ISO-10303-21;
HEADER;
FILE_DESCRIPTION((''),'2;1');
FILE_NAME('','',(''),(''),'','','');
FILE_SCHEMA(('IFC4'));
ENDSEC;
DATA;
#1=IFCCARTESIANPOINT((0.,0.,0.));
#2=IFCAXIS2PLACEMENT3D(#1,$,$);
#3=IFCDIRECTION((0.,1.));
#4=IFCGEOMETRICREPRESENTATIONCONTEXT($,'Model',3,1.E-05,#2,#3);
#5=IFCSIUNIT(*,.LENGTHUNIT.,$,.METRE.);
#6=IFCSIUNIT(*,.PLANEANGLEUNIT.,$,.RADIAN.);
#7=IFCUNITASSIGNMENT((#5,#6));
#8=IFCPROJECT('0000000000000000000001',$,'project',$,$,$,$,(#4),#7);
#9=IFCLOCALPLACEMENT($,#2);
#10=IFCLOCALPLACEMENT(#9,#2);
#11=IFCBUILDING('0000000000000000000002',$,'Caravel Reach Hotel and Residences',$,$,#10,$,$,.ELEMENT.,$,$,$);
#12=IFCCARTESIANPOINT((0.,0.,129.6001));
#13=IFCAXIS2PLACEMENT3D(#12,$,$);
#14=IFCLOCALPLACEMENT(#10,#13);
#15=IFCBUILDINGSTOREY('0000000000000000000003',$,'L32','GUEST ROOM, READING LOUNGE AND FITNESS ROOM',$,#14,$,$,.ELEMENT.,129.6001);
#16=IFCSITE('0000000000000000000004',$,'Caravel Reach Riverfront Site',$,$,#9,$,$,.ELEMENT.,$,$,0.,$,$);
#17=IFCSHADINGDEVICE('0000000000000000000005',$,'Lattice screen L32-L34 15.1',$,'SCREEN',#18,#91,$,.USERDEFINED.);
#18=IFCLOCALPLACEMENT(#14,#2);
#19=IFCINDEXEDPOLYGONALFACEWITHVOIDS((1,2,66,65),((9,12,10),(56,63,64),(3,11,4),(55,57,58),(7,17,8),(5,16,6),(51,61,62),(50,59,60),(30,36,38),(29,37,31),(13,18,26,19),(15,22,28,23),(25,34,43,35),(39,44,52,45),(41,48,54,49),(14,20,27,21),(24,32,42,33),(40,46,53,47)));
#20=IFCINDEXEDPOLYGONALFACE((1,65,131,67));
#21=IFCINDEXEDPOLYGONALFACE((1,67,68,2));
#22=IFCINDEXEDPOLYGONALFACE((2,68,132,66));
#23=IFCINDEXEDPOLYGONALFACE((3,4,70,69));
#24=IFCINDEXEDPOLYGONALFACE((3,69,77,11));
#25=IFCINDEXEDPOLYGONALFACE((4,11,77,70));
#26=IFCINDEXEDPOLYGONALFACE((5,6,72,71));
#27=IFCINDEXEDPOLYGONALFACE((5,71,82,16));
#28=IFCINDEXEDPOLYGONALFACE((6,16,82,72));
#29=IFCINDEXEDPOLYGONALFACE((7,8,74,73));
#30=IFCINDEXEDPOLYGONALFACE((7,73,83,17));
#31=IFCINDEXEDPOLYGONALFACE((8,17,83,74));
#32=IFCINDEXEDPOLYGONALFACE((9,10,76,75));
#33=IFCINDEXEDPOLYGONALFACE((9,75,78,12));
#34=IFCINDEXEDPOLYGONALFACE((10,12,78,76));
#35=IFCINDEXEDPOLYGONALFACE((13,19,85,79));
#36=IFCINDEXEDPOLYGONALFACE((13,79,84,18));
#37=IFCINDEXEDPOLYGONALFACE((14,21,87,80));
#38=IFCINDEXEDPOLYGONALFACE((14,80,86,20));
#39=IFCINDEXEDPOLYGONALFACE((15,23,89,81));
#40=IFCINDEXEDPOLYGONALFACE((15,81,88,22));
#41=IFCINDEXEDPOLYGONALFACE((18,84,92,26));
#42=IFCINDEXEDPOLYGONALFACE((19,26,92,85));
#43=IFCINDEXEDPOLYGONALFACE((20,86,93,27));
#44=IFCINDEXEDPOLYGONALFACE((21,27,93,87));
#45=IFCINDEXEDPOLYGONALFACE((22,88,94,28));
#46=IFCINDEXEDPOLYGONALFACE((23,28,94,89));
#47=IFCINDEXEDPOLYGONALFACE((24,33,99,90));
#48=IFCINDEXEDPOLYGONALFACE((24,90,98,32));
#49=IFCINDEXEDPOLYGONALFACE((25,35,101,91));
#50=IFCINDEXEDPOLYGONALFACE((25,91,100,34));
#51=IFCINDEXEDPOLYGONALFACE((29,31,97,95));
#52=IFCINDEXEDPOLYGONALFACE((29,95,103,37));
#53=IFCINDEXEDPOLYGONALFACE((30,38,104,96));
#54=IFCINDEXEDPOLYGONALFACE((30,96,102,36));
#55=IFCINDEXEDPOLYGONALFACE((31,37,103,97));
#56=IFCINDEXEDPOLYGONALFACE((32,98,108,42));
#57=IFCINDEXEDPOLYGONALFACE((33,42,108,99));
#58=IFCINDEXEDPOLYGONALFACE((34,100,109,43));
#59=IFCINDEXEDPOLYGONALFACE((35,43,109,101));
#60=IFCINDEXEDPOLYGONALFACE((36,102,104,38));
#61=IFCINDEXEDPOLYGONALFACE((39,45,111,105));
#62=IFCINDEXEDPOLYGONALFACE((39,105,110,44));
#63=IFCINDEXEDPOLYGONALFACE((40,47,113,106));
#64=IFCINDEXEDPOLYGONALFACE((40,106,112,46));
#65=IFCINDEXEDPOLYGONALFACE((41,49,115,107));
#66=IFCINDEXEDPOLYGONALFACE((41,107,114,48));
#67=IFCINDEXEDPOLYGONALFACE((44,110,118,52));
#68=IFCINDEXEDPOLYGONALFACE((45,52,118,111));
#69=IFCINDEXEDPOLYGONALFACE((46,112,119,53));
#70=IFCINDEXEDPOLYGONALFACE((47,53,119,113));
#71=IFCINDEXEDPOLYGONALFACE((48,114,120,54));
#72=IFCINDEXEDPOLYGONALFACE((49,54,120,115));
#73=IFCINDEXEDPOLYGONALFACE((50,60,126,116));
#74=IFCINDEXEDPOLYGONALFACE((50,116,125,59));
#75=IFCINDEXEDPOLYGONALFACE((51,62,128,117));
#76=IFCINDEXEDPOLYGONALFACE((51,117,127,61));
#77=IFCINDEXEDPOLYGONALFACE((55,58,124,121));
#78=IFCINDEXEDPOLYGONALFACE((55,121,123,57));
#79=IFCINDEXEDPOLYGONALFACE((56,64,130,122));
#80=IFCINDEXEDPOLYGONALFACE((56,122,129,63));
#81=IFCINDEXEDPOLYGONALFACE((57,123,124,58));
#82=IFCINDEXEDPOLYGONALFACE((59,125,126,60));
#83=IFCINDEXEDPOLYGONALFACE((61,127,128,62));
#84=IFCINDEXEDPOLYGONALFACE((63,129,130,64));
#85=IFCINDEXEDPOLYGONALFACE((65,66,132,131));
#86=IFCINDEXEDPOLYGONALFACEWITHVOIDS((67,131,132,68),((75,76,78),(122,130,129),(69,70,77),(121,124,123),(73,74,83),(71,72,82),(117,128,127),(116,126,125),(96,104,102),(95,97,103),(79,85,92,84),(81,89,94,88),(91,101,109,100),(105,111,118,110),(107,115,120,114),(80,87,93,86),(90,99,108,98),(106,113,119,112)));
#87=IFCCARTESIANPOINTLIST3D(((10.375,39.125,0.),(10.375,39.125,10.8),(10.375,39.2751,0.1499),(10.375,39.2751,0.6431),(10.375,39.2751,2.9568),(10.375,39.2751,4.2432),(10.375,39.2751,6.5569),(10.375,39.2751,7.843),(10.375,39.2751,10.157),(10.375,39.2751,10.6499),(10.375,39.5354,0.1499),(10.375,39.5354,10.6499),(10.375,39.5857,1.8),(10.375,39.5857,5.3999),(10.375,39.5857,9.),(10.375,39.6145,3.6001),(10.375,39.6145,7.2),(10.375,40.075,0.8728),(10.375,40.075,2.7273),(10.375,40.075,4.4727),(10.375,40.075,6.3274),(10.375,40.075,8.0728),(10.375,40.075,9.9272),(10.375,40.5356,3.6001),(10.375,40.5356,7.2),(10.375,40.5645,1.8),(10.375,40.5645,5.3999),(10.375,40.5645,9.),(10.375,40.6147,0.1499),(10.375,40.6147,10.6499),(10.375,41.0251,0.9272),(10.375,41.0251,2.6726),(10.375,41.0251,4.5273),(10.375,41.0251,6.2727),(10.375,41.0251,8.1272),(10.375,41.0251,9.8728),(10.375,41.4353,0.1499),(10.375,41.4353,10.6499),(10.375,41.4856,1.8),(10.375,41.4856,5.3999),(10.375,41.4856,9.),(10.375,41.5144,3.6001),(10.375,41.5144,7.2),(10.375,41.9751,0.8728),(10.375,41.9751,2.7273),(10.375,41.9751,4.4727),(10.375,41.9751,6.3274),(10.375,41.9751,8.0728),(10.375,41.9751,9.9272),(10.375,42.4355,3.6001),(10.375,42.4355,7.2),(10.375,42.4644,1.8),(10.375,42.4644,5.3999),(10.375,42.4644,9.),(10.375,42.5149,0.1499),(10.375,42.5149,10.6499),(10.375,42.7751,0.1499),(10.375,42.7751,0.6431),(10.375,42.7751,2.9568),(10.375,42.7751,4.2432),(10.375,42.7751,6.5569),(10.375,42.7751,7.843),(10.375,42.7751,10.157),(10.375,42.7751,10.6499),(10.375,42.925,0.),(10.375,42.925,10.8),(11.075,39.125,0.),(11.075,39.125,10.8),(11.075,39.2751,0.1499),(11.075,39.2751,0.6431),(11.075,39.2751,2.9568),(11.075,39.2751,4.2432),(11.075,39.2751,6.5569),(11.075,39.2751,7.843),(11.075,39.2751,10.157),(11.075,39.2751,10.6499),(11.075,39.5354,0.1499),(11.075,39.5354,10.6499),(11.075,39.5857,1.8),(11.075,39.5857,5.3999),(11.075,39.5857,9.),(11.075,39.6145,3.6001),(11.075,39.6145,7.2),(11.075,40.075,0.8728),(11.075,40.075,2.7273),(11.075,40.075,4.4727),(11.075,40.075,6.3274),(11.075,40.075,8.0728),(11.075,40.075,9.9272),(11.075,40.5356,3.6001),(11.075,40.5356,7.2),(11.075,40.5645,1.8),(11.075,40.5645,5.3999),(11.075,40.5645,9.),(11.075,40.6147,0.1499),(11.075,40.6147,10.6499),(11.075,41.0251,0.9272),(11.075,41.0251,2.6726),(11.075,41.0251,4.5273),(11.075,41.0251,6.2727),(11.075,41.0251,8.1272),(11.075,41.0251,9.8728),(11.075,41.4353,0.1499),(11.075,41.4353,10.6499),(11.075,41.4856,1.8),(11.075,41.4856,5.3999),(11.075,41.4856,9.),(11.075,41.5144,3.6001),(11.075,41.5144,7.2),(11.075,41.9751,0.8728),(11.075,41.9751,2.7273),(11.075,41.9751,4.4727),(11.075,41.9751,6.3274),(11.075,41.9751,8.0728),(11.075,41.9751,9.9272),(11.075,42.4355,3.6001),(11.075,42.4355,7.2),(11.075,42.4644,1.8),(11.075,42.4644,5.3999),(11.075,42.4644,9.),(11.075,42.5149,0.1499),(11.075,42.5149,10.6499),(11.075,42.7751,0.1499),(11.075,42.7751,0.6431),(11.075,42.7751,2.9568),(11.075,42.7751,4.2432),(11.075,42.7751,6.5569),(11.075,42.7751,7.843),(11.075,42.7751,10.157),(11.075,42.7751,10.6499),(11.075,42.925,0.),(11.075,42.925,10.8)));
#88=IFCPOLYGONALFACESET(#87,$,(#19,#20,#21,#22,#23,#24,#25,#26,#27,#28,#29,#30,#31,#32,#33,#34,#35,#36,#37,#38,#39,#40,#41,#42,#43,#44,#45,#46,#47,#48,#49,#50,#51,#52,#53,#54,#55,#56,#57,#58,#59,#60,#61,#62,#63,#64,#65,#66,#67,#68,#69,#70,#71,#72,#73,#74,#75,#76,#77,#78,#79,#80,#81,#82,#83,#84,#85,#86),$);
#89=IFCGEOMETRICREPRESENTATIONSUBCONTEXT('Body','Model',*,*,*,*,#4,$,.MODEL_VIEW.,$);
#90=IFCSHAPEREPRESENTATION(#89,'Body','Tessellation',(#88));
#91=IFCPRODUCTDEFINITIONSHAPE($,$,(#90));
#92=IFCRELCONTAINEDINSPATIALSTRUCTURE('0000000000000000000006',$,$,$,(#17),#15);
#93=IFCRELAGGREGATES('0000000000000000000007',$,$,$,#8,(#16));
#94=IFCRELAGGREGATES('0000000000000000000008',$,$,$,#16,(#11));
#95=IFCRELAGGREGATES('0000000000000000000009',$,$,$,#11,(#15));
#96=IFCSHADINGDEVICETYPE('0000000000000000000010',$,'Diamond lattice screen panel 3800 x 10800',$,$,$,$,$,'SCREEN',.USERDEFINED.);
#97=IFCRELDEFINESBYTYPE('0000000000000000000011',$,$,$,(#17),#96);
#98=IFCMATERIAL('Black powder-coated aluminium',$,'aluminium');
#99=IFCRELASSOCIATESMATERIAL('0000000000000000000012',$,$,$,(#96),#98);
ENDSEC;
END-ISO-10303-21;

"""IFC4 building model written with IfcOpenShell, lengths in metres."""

from ifc_helpers import new_model, si_unit, direction, frame, origin, place, context, subcontext, project, spatial, polyline, outline, extrude, material, type_object, element, save


model = new_model("IFC4")

# Units and contexts
model_context = context("Model", 3, precision=1e-05, world=origin(), true_north=direction((0.0, 1.0)))
body_context = subcontext(model_context, "Body", "Model", "MODEL_VIEW")
ifc_project = project(units=[si_unit("LENGTHUNIT", "METRE"), si_unit("PLANEANGLEUNIT", "RADIAN")], contexts=[model_context])

# Site, building, storey
site_placement = place(None, origin())
site = spatial("IfcSite", under=ifc_project, at=site_placement, Name="Caravel Reach Riverfront Site", CompositionType="ELEMENT", RefElevation=0.0)
building_placement = place(site_placement, origin())
building = spatial("IfcBuilding", under=site, at=building_placement, Name="Caravel Reach Hotel and Residences", CompositionType="ELEMENT")
storey_placement = place(building_placement, frame((0.0, 0.0, 129.6001)))
storey = spatial("IfcBuildingStorey", under=building, at=storey_placement, Name="L32", Description="GUEST ROOM, READING LOUNGE AND FITNESS ROOM", CompositionType="ELEMENT", Elevation=129.6001)

# Shading device
ifc_material_1 = material(Name="Black powder-coated aluminium", Category="aluminium")
shading_device_type_1 = type_object("IfcShadingDeviceType", Name="Diamond lattice screen panel 3800 x 10800", ElementType="SCREEN", PredefinedType="USERDEFINED", material=ifc_material_1)
shading_device_1_placement = place(storey_placement, frame((11.075, 42.925, 0.0), z_axis=(-1.0, 0.0, 0.0), x_axis=(0.0, -1.0, 0.0)))
element("IfcShadingDevice", 1, at=shading_device_1_placement, inside=storey, type_object=shading_device_type_1, Name="Lattice screen L32-L34 15.1", ObjectType="SCREEN", PredefinedType="USERDEFINED", context=body_context, shape_type="SweptSolid", body=[
    extrude(outline(polyline([(0.0, 0.0), (3.8, 0.0), (3.8, 10.8), (0.0, 10.8), (0.0, 0.0)]), holes=[polyline([(0.4102, 0.1499), (0.1499, 0.6431), (0.1499, 0.1499), (0.4102, 0.1499)]), polyline([(0.4895, 3.6001), (0.1499, 4.2432), (0.1499, 2.9568), (0.4895, 3.6001)]), polyline([(0.4895, 7.2), (0.1499, 7.843), (0.1499, 6.5569), (0.4895, 7.2)]), polyline([(0.1499, 10.157), (0.4102, 10.6499), (0.1499, 10.6499), (0.1499, 10.157)]), polyline([(0.95, 2.7273), (0.4607, 1.8), (0.95, 0.8728), (1.4395, 1.8), (0.95, 2.7273)]), polyline([(0.95, 6.3274), (0.4607, 5.3999), (0.95, 4.4727), (1.4395, 5.3999), (0.95, 6.3274)]), polyline([(0.95, 9.9272), (0.4607, 9.0), (0.95, 8.0728), (1.4395, 9.0), (0.95, 9.9272)]), polyline([(1.8999, 0.9272), (1.4897, 0.1499), (2.3103, 0.1499), (1.8999, 0.9272)]), polyline([(1.8999, 4.5273), (1.4106, 3.6001), (1.8999, 2.6726), (2.3894, 3.6001), (1.8999, 4.5273)]), polyline([(1.8999, 8.1272), (1.4106, 7.2), (1.8999, 6.2727), (2.3894, 7.2), (1.8999, 8.1272)]), polyline([(1.8999, 9.8728), (2.3103, 10.6499), (1.4897, 10.6499), (1.8999, 9.8728)]), polyline([(2.8501, 2.7273), (2.3606, 1.8), (2.8501, 0.8728), (3.3394, 1.8), (2.8501, 2.7273)]), polyline([(2.8501, 6.3274), (2.3606, 5.3999), (2.8501, 4.4727), (3.3394, 5.3999), (2.8501, 6.3274)]), polyline([(2.8501, 9.9272), (2.3606, 9.0), (2.8501, 8.0728), (3.3394, 9.0), (2.8501, 9.9272)]), polyline([(3.6499, 0.6431), (3.3896, 0.1499), (3.6499, 0.1499), (3.6499, 0.6431)]), polyline([(3.3105, 3.6001), (3.6499, 2.9568), (3.6499, 4.2432), (3.3105, 3.6001)]), polyline([(3.3105, 7.2), (3.6499, 6.5569), (3.6499, 7.843), (3.3105, 7.2)]), polyline([(3.3896, 10.6499), (3.6499, 10.157), (3.6499, 10.6499), (3.3896, 10.6499)])]), origin(), (0.0, 0.0, 1.0), 0.7),
])

save(model, "model.ifc")
